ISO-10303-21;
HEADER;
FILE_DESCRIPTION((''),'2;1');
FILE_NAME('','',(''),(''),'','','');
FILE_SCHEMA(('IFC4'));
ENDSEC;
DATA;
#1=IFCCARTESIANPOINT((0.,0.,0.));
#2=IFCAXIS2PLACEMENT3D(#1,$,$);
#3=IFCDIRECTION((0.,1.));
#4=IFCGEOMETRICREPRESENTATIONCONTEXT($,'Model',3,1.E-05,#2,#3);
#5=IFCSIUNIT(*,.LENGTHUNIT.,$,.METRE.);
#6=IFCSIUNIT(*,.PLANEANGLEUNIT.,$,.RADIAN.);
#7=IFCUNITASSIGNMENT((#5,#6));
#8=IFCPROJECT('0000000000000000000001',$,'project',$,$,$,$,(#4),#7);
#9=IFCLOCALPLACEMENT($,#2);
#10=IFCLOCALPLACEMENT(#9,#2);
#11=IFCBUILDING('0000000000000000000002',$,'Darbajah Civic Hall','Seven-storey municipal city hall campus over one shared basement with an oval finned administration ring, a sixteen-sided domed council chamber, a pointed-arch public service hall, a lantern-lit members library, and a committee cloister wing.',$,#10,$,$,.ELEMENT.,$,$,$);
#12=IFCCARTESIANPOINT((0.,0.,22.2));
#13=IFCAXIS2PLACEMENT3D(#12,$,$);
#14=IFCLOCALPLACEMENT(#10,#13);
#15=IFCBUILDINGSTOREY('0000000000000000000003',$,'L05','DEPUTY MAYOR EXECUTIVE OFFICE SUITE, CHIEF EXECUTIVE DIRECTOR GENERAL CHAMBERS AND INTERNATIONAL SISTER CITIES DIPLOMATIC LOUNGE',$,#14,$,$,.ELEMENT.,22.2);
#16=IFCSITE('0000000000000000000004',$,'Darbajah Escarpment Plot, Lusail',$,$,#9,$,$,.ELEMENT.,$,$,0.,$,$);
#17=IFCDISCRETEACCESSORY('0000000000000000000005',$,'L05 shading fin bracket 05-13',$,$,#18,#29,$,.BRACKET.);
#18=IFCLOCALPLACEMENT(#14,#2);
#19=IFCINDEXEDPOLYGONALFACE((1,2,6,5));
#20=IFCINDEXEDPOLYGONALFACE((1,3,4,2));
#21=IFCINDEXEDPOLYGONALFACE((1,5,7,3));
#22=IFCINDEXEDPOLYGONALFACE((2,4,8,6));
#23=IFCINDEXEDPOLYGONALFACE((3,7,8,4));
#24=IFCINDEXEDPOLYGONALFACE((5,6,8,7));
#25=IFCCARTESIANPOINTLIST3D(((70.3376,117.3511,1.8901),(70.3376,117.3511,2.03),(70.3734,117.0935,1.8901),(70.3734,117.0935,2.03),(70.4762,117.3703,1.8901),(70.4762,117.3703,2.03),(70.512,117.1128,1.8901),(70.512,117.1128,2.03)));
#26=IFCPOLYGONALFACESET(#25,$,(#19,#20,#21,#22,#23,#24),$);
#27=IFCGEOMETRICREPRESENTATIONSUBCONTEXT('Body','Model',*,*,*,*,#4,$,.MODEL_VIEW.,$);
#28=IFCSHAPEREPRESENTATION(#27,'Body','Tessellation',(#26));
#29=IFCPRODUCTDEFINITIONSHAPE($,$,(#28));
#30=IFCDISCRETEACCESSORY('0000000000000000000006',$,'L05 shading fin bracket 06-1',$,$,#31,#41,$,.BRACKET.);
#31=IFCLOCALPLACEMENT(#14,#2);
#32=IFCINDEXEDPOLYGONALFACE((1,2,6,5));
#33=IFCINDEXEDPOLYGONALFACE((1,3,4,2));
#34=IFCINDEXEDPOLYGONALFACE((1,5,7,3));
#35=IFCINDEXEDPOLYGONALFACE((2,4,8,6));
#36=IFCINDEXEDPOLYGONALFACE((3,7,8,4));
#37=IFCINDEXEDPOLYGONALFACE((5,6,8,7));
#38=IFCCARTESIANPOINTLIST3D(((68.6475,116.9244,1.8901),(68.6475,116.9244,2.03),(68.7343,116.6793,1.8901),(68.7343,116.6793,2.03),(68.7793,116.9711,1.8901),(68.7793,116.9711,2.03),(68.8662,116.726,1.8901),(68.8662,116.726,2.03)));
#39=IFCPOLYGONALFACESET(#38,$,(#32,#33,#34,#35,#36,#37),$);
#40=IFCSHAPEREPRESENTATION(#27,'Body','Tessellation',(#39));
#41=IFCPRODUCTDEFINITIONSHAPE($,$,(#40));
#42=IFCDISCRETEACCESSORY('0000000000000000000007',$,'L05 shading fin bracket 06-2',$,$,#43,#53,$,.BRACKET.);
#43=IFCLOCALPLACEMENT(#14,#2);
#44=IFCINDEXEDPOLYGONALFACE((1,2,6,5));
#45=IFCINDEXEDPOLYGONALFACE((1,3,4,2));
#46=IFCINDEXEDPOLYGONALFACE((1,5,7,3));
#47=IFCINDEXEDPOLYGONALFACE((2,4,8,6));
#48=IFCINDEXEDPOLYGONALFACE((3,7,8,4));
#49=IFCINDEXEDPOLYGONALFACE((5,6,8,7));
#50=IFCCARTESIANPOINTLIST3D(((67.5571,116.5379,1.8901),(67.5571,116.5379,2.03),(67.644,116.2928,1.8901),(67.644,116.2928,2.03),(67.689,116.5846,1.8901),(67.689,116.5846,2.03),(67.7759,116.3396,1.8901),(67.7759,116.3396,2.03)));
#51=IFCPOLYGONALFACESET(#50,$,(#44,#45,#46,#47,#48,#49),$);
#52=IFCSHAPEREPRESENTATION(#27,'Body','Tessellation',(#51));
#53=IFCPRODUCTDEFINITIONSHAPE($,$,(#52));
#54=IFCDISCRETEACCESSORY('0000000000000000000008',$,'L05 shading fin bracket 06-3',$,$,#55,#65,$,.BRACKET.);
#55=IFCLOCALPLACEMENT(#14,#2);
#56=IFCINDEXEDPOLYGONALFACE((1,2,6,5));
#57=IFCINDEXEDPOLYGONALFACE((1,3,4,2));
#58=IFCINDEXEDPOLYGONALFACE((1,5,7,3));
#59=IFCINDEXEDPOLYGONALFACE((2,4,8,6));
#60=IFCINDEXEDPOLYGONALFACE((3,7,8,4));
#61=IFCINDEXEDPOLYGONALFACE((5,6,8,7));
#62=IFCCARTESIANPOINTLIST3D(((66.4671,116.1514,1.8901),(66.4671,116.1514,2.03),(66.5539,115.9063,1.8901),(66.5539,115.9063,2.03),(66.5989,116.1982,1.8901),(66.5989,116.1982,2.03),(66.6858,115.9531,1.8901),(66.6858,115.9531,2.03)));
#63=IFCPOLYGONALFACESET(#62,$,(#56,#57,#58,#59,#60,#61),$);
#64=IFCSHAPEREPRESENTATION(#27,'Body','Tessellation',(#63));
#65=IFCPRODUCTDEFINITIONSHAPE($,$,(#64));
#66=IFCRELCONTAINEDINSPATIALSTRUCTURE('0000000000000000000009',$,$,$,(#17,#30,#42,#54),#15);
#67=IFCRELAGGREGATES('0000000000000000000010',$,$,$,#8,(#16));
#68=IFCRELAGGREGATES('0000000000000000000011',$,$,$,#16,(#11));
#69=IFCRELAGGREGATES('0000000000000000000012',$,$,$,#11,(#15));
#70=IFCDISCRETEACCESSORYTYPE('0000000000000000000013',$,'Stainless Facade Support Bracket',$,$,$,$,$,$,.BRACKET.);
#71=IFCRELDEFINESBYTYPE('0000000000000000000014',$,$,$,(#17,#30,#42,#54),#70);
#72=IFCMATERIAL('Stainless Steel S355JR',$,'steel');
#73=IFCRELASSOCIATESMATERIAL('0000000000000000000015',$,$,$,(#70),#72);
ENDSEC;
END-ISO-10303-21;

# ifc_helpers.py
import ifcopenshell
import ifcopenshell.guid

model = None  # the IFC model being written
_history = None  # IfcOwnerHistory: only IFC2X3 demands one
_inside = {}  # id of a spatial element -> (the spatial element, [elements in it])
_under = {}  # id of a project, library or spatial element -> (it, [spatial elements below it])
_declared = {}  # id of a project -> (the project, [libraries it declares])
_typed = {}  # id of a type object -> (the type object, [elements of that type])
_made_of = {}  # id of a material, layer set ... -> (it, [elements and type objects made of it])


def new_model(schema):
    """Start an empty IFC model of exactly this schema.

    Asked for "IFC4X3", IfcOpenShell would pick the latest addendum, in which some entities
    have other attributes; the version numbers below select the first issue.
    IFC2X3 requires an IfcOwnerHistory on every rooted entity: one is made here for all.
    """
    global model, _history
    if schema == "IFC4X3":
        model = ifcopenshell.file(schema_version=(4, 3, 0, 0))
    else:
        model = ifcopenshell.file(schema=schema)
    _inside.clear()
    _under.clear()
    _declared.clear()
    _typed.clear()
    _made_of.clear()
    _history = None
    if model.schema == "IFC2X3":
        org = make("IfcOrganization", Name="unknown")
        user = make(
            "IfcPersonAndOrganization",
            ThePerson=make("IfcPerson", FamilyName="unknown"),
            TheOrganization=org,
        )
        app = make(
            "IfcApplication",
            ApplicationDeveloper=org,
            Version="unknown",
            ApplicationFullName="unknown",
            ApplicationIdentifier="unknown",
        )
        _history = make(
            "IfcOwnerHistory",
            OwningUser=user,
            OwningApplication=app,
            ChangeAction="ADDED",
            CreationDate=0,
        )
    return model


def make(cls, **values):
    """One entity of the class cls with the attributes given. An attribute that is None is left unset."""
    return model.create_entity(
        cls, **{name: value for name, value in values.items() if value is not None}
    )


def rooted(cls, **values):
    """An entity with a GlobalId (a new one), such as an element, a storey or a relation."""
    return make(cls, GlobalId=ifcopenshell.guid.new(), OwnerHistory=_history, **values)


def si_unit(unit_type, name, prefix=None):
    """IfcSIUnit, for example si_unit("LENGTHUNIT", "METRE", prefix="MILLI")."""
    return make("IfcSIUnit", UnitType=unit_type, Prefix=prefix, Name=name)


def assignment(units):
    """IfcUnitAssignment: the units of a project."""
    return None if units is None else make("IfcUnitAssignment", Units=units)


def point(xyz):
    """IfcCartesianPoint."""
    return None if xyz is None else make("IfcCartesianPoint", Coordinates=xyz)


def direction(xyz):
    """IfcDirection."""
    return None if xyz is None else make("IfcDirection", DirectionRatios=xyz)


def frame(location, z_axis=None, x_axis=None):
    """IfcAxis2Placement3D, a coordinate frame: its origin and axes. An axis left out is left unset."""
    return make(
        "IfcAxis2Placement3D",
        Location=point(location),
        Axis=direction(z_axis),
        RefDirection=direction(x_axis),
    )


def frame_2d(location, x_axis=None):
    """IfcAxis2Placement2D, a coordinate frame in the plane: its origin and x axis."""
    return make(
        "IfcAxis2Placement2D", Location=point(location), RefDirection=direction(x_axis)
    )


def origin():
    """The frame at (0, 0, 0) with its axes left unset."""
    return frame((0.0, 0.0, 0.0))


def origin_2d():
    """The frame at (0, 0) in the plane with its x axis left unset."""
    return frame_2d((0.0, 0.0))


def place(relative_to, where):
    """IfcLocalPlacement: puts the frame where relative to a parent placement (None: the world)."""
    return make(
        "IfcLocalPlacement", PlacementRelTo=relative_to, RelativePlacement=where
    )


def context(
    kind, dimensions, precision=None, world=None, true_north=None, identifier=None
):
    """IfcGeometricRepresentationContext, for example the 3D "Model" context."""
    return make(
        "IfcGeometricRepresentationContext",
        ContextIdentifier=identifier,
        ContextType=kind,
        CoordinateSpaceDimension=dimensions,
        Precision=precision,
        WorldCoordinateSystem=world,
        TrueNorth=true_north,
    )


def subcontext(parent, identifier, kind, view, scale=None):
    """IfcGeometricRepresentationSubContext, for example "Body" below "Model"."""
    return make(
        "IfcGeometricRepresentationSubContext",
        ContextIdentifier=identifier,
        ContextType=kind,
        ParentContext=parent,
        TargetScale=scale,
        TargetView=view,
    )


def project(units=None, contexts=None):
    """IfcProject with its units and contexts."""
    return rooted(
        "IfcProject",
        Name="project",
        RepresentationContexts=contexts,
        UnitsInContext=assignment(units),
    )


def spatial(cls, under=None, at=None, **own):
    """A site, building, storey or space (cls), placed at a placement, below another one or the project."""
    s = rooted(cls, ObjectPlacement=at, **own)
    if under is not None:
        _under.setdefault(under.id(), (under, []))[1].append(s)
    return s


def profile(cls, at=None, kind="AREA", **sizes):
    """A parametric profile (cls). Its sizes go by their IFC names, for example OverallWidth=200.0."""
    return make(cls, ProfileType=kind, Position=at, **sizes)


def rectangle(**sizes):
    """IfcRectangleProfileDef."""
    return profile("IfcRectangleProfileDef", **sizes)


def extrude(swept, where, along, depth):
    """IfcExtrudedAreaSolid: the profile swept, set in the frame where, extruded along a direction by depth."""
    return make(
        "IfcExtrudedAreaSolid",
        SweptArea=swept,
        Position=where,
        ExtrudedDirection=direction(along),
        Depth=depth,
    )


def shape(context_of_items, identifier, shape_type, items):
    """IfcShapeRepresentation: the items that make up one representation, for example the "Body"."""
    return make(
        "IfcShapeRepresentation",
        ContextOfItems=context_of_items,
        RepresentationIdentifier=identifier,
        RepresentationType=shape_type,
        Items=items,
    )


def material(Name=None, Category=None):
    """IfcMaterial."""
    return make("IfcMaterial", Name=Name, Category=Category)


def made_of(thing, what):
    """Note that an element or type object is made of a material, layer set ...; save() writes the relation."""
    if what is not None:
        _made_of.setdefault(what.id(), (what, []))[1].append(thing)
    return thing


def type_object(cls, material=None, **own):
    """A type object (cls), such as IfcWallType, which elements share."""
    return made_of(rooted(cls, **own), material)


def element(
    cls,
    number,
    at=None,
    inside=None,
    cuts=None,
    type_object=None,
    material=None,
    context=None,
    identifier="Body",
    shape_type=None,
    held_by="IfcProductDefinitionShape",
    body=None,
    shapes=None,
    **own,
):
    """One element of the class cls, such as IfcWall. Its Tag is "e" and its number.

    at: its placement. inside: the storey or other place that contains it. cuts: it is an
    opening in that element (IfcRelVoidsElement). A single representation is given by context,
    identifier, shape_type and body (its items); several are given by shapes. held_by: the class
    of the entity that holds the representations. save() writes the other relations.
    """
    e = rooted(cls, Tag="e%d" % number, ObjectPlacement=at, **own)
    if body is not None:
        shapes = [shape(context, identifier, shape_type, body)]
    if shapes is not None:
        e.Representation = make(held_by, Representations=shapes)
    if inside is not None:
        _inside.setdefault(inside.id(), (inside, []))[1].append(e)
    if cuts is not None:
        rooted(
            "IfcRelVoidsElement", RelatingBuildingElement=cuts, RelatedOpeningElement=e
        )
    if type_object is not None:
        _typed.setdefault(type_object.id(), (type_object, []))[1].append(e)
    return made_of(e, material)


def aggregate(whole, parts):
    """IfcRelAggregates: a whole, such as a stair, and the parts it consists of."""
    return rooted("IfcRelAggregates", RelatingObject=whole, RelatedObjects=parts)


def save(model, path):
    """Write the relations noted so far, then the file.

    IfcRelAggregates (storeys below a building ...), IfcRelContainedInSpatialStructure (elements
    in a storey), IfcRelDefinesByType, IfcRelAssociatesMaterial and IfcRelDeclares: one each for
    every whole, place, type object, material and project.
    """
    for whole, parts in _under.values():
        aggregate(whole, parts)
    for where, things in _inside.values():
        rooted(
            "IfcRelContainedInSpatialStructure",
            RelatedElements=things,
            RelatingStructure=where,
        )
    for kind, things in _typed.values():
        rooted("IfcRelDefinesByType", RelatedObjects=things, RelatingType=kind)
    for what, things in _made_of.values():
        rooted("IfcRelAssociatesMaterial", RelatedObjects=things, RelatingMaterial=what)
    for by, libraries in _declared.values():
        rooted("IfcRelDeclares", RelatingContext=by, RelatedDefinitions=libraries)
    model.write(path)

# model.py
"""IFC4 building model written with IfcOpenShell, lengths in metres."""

from ifc_helpers import new_model, si_unit, direction, frame, origin, origin_2d, place, context, subcontext, project, spatial, rectangle, extrude, material, type_object, element, save


model = new_model("IFC4")

# Units and contexts
model_context = context("Model", 3, precision=1e-05, world=origin(), true_north=direction((0.0, 1.0)))
body_context = subcontext(model_context, "Body", "Model", "MODEL_VIEW")
ifc_project = project(units=[si_unit("LENGTHUNIT", "METRE"), si_unit("PLANEANGLEUNIT", "RADIAN")], contexts=[model_context])

# Site, building, storey
site_placement = place(None, origin())
site = spatial("IfcSite", under=ifc_project, at=site_placement, Name="Darbajah Escarpment Plot, Lusail", CompositionType="ELEMENT", RefElevation=0.0)
building_placement = place(site_placement, origin())
building = spatial("IfcBuilding", under=site, at=building_placement, Name="Darbajah Civic Hall", Description="Seven-storey municipal city hall campus over one shared basement with an oval finned administration ring, a sixteen-sided domed council chamber, a pointed-arch public service hall, a lantern-lit members library, and a committee cloister wing.", CompositionType="ELEMENT")
storey_placement = place(building_placement, frame((0.0, 0.0, 22.2)))
storey = spatial("IfcBuildingStorey", under=building, at=storey_placement, Name="L05", Description="DEPUTY MAYOR EXECUTIVE OFFICE SUITE, CHIEF EXECUTIVE DIRECTOR GENERAL CHAMBERS AND INTERNATIONAL SISTER CITIES DIPLOMATIC LOUNGE", CompositionType="ELEMENT", Elevation=22.2)

# Discrete accessories
ifc_material_1 = material(Name="Stainless Steel S355JR", Category="steel")
discrete_accessory_type = type_object("IfcDiscreteAccessoryType", Name="Stainless Facade Support Bracket", PredefinedType="BRACKET", material=ifc_material_1)
for number, where, z_axis, x_axis, name in (
    (1, (70.4248, 117.2319, 1.8901), (0.0, 0.0, 1.0), (-0.137617, 0.990485, 0.0), "L05 shading fin bracket 05-13"),
    (2, (68.7568, 116.8252, 1.8901), (0.0, 0.0, 1.0), (-0.334136, 0.942525, 0.0), "L05 shading fin bracket 06-1"),
    (3, (67.6665, 116.4387, 1.8901), (0.0, 0.0, 1.0), (-0.334136, 0.942525, 0.0), "L05 shading fin bracket 06-2"),
    (4, (66.5764, 116.0522, 1.8901), (0.0, 0.0, 1.0), (-0.334136, 0.942525, 0.0), "L05 shading fin bracket 06-3"),
):
    element("IfcDiscreteAccessory", number, at=place(storey_placement, frame(where, z_axis=z_axis, x_axis=x_axis)), inside=storey, type_object=discrete_accessory_type, Name=name, PredefinedType="BRACKET", context=body_context, shape_type="SweptSolid", body=[
        extrude(rectangle(XDim=0.26, YDim=0.1399, at=origin_2d()), origin(), (0.0, 0.0, 1.0), 0.1399),
    ])

save(model, "model.ifc")
